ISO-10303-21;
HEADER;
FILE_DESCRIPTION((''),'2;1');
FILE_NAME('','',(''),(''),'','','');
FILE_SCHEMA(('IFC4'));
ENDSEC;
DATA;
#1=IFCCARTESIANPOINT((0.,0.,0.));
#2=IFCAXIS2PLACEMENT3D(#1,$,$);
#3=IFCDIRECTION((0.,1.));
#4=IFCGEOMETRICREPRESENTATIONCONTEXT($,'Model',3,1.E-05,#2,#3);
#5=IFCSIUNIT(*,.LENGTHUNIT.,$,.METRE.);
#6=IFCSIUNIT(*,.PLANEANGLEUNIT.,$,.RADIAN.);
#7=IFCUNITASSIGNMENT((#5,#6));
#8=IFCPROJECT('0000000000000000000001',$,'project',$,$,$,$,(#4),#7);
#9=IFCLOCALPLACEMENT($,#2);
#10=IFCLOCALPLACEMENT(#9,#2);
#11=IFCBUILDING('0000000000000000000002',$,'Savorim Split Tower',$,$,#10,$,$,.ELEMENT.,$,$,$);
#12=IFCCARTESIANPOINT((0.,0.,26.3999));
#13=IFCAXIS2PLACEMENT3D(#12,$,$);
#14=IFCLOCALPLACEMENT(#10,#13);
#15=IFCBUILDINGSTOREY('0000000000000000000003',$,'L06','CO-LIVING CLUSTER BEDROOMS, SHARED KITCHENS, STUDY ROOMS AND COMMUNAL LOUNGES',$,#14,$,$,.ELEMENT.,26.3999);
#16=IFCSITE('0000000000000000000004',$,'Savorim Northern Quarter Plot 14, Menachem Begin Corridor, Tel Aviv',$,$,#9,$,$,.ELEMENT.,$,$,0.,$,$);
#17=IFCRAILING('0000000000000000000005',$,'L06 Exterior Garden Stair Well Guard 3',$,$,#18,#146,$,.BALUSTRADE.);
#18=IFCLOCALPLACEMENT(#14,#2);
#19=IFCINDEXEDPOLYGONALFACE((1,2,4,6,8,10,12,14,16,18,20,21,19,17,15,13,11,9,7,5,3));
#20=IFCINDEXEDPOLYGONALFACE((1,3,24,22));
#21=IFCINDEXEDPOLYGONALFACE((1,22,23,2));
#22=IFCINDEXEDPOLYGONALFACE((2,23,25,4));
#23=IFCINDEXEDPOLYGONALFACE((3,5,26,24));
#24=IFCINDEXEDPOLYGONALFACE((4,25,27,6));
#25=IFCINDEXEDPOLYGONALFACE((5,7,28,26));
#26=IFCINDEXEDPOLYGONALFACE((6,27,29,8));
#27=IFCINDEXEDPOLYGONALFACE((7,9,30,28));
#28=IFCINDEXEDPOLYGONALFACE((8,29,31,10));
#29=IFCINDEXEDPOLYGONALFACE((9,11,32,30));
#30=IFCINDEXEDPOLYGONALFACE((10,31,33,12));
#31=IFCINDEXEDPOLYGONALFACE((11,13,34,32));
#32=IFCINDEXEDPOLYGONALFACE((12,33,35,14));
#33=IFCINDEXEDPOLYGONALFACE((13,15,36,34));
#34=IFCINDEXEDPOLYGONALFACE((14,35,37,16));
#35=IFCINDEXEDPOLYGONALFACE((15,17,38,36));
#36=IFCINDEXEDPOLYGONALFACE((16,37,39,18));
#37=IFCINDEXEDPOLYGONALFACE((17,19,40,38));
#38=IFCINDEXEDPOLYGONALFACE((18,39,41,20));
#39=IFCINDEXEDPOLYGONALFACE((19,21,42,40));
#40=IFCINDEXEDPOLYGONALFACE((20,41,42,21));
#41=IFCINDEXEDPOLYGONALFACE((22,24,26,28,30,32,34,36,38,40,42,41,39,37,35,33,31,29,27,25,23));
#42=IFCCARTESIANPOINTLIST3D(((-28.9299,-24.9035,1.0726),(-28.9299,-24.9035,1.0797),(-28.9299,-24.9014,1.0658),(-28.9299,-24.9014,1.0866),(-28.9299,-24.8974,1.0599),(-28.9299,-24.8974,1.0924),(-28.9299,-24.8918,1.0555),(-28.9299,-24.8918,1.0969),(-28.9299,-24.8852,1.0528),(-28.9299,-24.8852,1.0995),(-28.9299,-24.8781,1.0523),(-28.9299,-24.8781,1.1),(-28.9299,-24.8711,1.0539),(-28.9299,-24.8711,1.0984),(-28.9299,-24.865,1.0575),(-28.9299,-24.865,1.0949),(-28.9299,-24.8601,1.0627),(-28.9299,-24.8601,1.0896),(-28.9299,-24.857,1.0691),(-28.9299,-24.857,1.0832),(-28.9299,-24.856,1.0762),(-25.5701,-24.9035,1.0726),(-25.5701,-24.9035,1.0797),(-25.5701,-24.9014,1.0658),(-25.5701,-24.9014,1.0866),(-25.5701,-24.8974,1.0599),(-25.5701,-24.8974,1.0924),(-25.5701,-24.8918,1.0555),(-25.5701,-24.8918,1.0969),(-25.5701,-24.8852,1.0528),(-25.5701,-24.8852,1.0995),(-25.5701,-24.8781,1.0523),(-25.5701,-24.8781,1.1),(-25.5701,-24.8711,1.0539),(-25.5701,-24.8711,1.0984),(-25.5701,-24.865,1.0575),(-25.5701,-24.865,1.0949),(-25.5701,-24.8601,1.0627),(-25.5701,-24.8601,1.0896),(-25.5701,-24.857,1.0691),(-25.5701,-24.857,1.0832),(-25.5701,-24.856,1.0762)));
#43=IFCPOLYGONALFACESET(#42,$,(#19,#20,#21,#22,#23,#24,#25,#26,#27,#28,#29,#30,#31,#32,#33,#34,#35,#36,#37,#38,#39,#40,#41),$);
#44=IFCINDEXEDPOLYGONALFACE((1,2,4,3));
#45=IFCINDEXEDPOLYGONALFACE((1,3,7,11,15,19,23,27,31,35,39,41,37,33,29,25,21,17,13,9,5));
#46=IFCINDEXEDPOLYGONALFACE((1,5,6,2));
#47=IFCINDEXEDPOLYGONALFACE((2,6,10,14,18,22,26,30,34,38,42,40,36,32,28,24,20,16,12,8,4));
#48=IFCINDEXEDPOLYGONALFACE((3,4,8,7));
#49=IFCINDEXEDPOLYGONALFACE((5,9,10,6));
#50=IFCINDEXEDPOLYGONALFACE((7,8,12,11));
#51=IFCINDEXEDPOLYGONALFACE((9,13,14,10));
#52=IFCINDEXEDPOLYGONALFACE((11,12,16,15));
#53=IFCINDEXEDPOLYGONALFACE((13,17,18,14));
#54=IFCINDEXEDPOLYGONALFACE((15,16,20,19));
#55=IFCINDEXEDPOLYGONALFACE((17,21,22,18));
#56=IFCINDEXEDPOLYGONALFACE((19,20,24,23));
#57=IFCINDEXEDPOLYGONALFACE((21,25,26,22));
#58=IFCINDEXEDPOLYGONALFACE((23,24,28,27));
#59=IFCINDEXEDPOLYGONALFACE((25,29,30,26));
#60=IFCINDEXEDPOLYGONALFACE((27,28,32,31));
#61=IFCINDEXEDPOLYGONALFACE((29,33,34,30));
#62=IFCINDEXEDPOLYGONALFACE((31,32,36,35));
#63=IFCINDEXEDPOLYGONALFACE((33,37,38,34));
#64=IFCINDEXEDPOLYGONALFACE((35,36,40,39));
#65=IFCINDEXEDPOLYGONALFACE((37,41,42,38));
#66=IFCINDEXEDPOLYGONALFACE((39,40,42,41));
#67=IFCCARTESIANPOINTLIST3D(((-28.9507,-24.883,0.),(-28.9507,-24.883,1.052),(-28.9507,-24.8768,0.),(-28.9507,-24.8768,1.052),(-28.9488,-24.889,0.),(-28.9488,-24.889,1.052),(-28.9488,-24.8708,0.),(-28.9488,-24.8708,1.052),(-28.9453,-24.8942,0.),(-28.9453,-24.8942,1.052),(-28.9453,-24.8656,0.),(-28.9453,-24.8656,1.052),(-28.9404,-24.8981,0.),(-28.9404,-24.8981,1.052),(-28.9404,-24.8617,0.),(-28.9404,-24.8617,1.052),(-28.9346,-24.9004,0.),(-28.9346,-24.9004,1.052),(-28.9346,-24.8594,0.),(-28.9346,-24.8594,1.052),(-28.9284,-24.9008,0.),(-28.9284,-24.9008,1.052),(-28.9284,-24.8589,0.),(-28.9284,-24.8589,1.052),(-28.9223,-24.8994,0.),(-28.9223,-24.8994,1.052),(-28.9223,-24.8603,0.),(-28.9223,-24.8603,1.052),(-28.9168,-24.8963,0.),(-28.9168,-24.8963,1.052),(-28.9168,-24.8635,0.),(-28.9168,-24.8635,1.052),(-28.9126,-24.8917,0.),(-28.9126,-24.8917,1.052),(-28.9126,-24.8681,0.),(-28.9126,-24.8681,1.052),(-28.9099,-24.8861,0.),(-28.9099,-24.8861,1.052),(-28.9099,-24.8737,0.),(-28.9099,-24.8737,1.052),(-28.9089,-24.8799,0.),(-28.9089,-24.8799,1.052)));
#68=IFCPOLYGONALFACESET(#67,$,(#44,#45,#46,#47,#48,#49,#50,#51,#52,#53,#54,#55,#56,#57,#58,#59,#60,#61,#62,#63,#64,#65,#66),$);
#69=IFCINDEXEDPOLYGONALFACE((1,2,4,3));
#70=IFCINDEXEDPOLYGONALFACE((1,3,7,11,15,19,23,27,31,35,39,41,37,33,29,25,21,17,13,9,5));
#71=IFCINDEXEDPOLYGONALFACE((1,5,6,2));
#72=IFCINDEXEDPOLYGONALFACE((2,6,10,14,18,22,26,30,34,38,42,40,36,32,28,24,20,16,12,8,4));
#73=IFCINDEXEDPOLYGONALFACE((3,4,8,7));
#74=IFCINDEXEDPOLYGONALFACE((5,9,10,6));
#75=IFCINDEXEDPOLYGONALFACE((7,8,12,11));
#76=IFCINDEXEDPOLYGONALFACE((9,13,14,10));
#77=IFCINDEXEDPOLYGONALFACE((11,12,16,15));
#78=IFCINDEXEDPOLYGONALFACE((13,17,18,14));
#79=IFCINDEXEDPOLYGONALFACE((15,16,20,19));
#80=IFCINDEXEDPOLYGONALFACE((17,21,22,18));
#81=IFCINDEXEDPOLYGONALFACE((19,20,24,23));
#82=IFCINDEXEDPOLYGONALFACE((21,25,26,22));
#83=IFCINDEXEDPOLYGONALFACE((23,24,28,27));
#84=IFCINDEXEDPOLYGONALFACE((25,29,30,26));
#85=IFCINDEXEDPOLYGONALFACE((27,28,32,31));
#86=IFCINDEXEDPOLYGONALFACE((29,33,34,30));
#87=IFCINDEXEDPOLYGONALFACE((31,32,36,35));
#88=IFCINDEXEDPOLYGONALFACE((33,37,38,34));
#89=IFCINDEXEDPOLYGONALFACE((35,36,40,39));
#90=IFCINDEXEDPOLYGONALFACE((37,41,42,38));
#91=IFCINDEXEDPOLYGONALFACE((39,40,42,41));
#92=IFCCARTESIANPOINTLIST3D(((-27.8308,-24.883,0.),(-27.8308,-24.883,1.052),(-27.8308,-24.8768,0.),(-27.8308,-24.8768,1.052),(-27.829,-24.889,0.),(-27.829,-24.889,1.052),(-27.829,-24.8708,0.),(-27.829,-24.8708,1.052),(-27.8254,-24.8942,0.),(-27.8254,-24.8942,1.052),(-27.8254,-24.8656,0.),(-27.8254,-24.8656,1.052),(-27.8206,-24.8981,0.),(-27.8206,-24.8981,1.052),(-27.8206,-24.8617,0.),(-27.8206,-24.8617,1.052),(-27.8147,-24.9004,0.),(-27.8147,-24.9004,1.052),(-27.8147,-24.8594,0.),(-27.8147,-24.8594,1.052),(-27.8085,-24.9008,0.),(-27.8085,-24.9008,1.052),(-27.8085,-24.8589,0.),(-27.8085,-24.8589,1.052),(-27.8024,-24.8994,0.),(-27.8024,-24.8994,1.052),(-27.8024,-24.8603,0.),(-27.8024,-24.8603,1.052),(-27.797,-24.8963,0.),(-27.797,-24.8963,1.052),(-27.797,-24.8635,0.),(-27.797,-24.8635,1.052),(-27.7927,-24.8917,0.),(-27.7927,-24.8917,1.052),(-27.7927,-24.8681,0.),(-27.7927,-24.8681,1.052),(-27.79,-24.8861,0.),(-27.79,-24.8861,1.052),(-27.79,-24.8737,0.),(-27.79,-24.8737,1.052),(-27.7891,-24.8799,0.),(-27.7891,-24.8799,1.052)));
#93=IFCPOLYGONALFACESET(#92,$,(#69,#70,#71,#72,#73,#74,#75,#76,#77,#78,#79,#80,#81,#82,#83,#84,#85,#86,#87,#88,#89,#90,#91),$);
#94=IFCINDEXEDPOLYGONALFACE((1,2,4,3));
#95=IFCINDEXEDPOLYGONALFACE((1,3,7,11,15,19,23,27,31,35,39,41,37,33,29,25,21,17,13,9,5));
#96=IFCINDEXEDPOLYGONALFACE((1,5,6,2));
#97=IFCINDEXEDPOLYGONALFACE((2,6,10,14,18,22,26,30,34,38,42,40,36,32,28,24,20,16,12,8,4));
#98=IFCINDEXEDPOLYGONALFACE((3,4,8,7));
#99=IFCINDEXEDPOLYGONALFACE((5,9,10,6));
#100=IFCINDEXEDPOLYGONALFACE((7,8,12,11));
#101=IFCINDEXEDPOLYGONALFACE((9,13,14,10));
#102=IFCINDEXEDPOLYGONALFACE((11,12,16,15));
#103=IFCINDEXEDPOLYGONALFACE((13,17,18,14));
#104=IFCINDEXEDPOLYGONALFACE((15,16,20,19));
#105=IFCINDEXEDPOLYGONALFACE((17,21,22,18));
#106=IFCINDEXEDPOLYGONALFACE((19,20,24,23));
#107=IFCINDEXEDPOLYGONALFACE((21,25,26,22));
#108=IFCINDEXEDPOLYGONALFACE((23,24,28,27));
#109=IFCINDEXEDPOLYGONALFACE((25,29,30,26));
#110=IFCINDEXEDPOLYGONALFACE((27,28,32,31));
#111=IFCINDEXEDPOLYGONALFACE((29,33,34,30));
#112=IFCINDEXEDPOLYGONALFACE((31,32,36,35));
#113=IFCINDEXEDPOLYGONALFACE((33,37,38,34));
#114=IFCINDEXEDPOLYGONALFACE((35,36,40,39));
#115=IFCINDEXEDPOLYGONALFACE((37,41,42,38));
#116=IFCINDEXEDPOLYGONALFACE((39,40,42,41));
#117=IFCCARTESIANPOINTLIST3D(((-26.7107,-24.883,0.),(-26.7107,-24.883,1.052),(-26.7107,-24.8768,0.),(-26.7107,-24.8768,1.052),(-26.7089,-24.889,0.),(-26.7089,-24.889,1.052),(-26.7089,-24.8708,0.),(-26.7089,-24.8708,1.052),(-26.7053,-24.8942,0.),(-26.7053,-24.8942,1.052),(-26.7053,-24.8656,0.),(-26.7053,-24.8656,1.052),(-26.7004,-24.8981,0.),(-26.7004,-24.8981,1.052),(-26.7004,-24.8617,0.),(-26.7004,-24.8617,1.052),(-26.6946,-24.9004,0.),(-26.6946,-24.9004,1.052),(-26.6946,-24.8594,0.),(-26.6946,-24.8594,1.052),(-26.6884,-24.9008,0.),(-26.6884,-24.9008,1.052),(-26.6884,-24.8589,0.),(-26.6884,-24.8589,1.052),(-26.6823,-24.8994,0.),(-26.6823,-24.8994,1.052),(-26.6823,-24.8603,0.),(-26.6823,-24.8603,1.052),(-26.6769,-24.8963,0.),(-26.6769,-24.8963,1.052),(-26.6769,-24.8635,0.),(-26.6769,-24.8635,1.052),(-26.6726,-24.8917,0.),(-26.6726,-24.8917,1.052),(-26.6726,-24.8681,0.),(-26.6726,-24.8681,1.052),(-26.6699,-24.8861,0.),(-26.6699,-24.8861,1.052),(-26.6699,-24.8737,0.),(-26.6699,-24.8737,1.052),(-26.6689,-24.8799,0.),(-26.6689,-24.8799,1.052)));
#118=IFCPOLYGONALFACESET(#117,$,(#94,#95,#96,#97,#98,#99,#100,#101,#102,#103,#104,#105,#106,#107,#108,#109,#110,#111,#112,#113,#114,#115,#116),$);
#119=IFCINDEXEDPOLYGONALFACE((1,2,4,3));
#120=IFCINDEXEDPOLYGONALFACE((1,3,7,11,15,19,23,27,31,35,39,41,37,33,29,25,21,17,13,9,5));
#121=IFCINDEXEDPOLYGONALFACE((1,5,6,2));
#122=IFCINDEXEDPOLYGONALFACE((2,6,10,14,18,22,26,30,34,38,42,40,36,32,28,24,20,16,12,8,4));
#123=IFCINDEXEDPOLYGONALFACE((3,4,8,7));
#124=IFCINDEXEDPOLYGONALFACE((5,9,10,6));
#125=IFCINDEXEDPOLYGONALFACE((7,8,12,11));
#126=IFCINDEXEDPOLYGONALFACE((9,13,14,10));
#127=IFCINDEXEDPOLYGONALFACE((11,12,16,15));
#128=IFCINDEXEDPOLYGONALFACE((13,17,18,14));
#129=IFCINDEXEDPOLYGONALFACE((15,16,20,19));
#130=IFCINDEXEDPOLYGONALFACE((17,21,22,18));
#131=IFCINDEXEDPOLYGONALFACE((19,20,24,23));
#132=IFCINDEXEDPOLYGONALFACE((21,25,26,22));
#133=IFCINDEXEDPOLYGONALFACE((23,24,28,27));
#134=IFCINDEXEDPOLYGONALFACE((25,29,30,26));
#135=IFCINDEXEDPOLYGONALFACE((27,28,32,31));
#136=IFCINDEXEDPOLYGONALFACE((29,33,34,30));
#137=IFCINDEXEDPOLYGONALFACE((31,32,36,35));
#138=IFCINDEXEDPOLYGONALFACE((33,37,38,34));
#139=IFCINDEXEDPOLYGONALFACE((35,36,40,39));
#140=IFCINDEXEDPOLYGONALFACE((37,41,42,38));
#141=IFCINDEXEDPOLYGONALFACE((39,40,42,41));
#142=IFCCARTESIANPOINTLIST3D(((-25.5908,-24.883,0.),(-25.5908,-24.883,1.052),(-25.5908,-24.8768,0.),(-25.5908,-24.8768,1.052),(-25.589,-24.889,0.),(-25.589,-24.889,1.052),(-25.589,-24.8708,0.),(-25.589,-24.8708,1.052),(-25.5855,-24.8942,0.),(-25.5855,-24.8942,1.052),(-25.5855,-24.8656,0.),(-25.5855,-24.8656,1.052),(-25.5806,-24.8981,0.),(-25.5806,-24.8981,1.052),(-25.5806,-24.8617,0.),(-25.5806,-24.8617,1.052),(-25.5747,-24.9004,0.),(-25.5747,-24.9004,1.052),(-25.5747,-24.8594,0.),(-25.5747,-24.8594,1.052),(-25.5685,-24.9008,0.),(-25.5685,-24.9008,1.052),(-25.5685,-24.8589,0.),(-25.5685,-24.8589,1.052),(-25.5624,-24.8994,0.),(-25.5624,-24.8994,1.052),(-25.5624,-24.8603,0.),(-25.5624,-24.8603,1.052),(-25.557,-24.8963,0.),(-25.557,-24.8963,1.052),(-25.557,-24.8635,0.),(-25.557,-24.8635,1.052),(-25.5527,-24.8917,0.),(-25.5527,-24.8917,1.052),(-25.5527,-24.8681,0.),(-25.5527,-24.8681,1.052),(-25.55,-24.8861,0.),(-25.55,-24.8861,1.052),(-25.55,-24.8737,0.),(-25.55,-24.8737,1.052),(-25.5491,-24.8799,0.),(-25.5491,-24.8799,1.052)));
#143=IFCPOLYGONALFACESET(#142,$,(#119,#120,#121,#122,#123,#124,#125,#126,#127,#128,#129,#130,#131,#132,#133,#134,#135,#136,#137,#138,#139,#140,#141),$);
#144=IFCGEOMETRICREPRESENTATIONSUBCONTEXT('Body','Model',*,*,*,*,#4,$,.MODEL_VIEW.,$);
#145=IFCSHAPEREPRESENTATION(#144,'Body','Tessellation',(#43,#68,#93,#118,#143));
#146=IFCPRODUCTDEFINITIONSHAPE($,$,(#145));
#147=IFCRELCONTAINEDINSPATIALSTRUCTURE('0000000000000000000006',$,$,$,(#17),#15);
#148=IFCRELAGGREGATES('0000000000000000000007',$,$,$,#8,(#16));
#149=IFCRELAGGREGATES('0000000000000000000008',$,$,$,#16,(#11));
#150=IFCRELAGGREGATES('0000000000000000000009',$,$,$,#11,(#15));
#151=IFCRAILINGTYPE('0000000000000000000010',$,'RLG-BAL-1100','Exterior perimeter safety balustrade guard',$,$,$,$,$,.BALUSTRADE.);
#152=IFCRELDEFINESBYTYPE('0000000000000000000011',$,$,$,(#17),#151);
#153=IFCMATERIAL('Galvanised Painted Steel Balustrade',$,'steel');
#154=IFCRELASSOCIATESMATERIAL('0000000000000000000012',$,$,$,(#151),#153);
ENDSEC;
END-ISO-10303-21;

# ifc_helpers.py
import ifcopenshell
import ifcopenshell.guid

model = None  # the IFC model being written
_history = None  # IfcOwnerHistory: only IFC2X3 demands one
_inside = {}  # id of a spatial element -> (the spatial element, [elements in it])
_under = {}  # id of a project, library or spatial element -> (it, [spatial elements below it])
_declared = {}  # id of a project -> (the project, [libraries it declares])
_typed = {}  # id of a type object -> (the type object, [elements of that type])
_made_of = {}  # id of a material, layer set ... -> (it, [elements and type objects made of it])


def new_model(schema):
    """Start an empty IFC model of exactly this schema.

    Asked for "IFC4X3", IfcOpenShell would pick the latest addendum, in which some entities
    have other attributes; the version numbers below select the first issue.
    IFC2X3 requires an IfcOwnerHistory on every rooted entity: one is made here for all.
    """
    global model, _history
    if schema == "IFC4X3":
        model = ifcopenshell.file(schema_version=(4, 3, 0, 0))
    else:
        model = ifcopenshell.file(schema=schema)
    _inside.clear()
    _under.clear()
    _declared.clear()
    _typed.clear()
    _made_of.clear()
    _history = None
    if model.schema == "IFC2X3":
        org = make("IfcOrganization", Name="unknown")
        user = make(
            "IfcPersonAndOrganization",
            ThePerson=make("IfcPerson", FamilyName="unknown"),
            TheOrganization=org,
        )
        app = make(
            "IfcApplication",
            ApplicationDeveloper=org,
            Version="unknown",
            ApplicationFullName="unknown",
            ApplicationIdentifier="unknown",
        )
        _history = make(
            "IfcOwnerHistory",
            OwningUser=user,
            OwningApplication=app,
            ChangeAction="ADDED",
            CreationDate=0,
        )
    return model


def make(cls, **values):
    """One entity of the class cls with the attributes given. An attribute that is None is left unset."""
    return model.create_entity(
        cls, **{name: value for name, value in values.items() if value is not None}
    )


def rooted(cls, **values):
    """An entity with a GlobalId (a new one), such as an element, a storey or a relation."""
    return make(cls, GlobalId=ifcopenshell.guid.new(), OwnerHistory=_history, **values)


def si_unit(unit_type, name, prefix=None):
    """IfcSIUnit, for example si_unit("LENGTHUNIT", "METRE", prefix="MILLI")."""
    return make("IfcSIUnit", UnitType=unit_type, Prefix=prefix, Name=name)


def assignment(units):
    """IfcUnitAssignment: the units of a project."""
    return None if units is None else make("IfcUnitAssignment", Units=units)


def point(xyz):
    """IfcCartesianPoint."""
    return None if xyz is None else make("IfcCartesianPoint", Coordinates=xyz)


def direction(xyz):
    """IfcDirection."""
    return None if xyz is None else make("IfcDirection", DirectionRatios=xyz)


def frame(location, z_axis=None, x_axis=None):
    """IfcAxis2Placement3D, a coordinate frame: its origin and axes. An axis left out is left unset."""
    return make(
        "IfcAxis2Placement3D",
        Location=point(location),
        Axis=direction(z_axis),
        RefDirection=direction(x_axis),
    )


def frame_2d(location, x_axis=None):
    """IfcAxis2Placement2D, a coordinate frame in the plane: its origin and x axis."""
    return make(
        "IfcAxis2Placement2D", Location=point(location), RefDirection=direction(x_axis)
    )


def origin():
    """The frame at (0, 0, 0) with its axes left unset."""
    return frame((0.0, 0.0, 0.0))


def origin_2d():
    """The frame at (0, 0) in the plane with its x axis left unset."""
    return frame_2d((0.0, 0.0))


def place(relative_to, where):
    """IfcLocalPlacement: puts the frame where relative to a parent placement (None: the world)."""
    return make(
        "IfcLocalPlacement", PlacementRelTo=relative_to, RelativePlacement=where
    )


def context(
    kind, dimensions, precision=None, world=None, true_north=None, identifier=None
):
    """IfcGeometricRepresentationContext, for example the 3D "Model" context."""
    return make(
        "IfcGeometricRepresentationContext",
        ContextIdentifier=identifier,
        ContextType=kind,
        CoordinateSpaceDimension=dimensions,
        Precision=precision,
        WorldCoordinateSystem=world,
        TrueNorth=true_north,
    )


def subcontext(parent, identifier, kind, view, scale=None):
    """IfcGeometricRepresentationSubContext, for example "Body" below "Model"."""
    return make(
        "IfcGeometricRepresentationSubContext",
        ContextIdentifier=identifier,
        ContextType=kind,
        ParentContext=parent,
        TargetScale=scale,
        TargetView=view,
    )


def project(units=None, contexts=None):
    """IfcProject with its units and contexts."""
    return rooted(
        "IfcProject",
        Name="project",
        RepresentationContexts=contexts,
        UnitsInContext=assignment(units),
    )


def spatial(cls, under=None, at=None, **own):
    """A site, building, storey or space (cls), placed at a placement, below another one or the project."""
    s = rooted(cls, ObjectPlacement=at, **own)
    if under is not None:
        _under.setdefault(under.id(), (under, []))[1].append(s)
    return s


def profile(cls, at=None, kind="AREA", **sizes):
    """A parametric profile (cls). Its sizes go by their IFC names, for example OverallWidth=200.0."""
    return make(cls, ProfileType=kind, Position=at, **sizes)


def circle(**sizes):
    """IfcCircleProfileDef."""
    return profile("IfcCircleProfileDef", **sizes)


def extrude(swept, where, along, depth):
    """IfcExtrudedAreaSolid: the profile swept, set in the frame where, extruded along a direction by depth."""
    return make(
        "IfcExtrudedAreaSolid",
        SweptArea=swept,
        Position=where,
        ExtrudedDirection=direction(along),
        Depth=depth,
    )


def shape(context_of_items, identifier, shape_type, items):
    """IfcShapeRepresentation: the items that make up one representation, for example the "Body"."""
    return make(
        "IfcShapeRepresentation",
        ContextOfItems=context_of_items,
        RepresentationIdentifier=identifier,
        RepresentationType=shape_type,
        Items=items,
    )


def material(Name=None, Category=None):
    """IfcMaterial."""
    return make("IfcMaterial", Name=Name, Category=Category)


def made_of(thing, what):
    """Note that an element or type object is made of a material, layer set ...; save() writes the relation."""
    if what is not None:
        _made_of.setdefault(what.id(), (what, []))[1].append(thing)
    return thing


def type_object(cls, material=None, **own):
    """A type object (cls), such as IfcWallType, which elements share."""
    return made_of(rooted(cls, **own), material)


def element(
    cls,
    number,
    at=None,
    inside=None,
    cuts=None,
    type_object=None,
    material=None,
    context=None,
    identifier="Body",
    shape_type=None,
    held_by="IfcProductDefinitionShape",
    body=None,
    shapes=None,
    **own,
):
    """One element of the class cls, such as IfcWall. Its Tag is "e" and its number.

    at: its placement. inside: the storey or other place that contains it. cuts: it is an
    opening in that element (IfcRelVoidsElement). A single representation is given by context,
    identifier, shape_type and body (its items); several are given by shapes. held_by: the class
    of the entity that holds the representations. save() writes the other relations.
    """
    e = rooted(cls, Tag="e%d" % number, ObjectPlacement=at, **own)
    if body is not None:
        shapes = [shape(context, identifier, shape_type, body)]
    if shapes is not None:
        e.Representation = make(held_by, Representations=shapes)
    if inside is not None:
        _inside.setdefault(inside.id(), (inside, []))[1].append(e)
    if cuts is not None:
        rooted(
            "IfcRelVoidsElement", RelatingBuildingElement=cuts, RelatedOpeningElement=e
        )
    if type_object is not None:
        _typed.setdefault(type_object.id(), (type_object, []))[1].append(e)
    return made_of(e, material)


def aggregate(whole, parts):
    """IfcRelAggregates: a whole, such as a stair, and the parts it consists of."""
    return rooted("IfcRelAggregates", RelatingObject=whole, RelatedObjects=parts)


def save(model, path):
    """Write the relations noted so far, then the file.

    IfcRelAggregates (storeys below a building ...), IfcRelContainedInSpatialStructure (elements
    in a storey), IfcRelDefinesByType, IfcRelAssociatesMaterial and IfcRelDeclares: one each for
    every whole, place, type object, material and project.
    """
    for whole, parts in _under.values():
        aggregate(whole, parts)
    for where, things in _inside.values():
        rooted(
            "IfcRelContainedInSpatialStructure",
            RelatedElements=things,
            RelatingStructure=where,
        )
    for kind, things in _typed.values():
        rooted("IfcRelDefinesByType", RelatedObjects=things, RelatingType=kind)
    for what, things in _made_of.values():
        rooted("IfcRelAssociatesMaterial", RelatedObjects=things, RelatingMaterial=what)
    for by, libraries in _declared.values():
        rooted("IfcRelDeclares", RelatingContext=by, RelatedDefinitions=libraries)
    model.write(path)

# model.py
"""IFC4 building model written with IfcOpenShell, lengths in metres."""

from ifc_helpers import new_model, si_unit, direction, frame, origin, origin_2d, place, context, subcontext, project, spatial, circle, extrude, material, type_object, element, save


model = new_model("IFC4")

# Units and contexts
model_context = context("Model", 3, precision=1e-05, world=origin(), true_north=direction((0.0, 1.0)))
body_context = subcontext(model_context, "Body", "Model", "MODEL_VIEW")
ifc_project = project(units=[si_unit("LENGTHUNIT", "METRE"), si_unit("PLANEANGLEUNIT", "RADIAN")], contexts=[model_context])

# Site, building, storey
site_placement = place(None, origin())
site = spatial("IfcSite", under=ifc_project, at=site_placement, Name="Savorim Northern Quarter Plot 14, Menachem Begin Corridor, Tel Aviv", CompositionType="ELEMENT", RefElevation=0.0)
building_placement = place(site_placement, origin())
building = spatial("IfcBuilding", under=site, at=building_placement, Name="Savorim Split Tower", CompositionType="ELEMENT")
storey_placement = place(building_placement, frame((0.0, 0.0, 26.3999)))
storey = spatial("IfcBuildingStorey", under=building, at=storey_placement, Name="L06", Description="CO-LIVING CLUSTER BEDROOMS, SHARED KITCHENS, STUDY ROOMS AND COMMUNAL LOUNGES", CompositionType="ELEMENT", Elevation=26.3999)

# Railing
ifc_material_1 = material(Name="Galvanised Painted Steel Balustrade", Category="steel")
railing_type_1 = type_object("IfcRailingType", Name="RLG-BAL-1100", Description="Exterior perimeter safety balustrade guard", PredefinedType="BALUSTRADE", material=ifc_material_1)
railing_1_placement = place(storey_placement, frame((-28.9299, -24.8799, 0.0)))
element("IfcRailing", 1, at=railing_1_placement, inside=storey, type_object=railing_type_1, Name="L06 Exterior Garden Stair Well Guard 3", PredefinedType="BALUSTRADE", context=body_context, shape_type="SweptSolid", body=[
    extrude(circle(Radius=0.0239, at=origin_2d()), frame((0.0, 0.0, 1.0762), z_axis=(1.0, 0.0, 0.0), x_axis=(0.0, 1.0, 0.0)), (0.0, 0.0, 1.0), 3.3599),
    extrude(circle(Radius=0.021, at=origin_2d()), origin(), (0.0, 0.0, 1.0), 1.052),
    extrude(circle(Radius=0.021, at=origin_2d()), frame((1.1199, 0.0, 0.0)), (0.0, 0.0, 1.0), 1.052),
    extrude(circle(Radius=0.021, at=origin_2d()), frame((2.24, 0.0, 0.0)), (0.0, 0.0, 1.0), 1.052),
    extrude(circle(Radius=0.021, at=origin_2d()), frame((3.3599, 0.0, 0.0)), (0.0, 0.0, 1.0), 1.052),
])

save(model, "model.ifc")
